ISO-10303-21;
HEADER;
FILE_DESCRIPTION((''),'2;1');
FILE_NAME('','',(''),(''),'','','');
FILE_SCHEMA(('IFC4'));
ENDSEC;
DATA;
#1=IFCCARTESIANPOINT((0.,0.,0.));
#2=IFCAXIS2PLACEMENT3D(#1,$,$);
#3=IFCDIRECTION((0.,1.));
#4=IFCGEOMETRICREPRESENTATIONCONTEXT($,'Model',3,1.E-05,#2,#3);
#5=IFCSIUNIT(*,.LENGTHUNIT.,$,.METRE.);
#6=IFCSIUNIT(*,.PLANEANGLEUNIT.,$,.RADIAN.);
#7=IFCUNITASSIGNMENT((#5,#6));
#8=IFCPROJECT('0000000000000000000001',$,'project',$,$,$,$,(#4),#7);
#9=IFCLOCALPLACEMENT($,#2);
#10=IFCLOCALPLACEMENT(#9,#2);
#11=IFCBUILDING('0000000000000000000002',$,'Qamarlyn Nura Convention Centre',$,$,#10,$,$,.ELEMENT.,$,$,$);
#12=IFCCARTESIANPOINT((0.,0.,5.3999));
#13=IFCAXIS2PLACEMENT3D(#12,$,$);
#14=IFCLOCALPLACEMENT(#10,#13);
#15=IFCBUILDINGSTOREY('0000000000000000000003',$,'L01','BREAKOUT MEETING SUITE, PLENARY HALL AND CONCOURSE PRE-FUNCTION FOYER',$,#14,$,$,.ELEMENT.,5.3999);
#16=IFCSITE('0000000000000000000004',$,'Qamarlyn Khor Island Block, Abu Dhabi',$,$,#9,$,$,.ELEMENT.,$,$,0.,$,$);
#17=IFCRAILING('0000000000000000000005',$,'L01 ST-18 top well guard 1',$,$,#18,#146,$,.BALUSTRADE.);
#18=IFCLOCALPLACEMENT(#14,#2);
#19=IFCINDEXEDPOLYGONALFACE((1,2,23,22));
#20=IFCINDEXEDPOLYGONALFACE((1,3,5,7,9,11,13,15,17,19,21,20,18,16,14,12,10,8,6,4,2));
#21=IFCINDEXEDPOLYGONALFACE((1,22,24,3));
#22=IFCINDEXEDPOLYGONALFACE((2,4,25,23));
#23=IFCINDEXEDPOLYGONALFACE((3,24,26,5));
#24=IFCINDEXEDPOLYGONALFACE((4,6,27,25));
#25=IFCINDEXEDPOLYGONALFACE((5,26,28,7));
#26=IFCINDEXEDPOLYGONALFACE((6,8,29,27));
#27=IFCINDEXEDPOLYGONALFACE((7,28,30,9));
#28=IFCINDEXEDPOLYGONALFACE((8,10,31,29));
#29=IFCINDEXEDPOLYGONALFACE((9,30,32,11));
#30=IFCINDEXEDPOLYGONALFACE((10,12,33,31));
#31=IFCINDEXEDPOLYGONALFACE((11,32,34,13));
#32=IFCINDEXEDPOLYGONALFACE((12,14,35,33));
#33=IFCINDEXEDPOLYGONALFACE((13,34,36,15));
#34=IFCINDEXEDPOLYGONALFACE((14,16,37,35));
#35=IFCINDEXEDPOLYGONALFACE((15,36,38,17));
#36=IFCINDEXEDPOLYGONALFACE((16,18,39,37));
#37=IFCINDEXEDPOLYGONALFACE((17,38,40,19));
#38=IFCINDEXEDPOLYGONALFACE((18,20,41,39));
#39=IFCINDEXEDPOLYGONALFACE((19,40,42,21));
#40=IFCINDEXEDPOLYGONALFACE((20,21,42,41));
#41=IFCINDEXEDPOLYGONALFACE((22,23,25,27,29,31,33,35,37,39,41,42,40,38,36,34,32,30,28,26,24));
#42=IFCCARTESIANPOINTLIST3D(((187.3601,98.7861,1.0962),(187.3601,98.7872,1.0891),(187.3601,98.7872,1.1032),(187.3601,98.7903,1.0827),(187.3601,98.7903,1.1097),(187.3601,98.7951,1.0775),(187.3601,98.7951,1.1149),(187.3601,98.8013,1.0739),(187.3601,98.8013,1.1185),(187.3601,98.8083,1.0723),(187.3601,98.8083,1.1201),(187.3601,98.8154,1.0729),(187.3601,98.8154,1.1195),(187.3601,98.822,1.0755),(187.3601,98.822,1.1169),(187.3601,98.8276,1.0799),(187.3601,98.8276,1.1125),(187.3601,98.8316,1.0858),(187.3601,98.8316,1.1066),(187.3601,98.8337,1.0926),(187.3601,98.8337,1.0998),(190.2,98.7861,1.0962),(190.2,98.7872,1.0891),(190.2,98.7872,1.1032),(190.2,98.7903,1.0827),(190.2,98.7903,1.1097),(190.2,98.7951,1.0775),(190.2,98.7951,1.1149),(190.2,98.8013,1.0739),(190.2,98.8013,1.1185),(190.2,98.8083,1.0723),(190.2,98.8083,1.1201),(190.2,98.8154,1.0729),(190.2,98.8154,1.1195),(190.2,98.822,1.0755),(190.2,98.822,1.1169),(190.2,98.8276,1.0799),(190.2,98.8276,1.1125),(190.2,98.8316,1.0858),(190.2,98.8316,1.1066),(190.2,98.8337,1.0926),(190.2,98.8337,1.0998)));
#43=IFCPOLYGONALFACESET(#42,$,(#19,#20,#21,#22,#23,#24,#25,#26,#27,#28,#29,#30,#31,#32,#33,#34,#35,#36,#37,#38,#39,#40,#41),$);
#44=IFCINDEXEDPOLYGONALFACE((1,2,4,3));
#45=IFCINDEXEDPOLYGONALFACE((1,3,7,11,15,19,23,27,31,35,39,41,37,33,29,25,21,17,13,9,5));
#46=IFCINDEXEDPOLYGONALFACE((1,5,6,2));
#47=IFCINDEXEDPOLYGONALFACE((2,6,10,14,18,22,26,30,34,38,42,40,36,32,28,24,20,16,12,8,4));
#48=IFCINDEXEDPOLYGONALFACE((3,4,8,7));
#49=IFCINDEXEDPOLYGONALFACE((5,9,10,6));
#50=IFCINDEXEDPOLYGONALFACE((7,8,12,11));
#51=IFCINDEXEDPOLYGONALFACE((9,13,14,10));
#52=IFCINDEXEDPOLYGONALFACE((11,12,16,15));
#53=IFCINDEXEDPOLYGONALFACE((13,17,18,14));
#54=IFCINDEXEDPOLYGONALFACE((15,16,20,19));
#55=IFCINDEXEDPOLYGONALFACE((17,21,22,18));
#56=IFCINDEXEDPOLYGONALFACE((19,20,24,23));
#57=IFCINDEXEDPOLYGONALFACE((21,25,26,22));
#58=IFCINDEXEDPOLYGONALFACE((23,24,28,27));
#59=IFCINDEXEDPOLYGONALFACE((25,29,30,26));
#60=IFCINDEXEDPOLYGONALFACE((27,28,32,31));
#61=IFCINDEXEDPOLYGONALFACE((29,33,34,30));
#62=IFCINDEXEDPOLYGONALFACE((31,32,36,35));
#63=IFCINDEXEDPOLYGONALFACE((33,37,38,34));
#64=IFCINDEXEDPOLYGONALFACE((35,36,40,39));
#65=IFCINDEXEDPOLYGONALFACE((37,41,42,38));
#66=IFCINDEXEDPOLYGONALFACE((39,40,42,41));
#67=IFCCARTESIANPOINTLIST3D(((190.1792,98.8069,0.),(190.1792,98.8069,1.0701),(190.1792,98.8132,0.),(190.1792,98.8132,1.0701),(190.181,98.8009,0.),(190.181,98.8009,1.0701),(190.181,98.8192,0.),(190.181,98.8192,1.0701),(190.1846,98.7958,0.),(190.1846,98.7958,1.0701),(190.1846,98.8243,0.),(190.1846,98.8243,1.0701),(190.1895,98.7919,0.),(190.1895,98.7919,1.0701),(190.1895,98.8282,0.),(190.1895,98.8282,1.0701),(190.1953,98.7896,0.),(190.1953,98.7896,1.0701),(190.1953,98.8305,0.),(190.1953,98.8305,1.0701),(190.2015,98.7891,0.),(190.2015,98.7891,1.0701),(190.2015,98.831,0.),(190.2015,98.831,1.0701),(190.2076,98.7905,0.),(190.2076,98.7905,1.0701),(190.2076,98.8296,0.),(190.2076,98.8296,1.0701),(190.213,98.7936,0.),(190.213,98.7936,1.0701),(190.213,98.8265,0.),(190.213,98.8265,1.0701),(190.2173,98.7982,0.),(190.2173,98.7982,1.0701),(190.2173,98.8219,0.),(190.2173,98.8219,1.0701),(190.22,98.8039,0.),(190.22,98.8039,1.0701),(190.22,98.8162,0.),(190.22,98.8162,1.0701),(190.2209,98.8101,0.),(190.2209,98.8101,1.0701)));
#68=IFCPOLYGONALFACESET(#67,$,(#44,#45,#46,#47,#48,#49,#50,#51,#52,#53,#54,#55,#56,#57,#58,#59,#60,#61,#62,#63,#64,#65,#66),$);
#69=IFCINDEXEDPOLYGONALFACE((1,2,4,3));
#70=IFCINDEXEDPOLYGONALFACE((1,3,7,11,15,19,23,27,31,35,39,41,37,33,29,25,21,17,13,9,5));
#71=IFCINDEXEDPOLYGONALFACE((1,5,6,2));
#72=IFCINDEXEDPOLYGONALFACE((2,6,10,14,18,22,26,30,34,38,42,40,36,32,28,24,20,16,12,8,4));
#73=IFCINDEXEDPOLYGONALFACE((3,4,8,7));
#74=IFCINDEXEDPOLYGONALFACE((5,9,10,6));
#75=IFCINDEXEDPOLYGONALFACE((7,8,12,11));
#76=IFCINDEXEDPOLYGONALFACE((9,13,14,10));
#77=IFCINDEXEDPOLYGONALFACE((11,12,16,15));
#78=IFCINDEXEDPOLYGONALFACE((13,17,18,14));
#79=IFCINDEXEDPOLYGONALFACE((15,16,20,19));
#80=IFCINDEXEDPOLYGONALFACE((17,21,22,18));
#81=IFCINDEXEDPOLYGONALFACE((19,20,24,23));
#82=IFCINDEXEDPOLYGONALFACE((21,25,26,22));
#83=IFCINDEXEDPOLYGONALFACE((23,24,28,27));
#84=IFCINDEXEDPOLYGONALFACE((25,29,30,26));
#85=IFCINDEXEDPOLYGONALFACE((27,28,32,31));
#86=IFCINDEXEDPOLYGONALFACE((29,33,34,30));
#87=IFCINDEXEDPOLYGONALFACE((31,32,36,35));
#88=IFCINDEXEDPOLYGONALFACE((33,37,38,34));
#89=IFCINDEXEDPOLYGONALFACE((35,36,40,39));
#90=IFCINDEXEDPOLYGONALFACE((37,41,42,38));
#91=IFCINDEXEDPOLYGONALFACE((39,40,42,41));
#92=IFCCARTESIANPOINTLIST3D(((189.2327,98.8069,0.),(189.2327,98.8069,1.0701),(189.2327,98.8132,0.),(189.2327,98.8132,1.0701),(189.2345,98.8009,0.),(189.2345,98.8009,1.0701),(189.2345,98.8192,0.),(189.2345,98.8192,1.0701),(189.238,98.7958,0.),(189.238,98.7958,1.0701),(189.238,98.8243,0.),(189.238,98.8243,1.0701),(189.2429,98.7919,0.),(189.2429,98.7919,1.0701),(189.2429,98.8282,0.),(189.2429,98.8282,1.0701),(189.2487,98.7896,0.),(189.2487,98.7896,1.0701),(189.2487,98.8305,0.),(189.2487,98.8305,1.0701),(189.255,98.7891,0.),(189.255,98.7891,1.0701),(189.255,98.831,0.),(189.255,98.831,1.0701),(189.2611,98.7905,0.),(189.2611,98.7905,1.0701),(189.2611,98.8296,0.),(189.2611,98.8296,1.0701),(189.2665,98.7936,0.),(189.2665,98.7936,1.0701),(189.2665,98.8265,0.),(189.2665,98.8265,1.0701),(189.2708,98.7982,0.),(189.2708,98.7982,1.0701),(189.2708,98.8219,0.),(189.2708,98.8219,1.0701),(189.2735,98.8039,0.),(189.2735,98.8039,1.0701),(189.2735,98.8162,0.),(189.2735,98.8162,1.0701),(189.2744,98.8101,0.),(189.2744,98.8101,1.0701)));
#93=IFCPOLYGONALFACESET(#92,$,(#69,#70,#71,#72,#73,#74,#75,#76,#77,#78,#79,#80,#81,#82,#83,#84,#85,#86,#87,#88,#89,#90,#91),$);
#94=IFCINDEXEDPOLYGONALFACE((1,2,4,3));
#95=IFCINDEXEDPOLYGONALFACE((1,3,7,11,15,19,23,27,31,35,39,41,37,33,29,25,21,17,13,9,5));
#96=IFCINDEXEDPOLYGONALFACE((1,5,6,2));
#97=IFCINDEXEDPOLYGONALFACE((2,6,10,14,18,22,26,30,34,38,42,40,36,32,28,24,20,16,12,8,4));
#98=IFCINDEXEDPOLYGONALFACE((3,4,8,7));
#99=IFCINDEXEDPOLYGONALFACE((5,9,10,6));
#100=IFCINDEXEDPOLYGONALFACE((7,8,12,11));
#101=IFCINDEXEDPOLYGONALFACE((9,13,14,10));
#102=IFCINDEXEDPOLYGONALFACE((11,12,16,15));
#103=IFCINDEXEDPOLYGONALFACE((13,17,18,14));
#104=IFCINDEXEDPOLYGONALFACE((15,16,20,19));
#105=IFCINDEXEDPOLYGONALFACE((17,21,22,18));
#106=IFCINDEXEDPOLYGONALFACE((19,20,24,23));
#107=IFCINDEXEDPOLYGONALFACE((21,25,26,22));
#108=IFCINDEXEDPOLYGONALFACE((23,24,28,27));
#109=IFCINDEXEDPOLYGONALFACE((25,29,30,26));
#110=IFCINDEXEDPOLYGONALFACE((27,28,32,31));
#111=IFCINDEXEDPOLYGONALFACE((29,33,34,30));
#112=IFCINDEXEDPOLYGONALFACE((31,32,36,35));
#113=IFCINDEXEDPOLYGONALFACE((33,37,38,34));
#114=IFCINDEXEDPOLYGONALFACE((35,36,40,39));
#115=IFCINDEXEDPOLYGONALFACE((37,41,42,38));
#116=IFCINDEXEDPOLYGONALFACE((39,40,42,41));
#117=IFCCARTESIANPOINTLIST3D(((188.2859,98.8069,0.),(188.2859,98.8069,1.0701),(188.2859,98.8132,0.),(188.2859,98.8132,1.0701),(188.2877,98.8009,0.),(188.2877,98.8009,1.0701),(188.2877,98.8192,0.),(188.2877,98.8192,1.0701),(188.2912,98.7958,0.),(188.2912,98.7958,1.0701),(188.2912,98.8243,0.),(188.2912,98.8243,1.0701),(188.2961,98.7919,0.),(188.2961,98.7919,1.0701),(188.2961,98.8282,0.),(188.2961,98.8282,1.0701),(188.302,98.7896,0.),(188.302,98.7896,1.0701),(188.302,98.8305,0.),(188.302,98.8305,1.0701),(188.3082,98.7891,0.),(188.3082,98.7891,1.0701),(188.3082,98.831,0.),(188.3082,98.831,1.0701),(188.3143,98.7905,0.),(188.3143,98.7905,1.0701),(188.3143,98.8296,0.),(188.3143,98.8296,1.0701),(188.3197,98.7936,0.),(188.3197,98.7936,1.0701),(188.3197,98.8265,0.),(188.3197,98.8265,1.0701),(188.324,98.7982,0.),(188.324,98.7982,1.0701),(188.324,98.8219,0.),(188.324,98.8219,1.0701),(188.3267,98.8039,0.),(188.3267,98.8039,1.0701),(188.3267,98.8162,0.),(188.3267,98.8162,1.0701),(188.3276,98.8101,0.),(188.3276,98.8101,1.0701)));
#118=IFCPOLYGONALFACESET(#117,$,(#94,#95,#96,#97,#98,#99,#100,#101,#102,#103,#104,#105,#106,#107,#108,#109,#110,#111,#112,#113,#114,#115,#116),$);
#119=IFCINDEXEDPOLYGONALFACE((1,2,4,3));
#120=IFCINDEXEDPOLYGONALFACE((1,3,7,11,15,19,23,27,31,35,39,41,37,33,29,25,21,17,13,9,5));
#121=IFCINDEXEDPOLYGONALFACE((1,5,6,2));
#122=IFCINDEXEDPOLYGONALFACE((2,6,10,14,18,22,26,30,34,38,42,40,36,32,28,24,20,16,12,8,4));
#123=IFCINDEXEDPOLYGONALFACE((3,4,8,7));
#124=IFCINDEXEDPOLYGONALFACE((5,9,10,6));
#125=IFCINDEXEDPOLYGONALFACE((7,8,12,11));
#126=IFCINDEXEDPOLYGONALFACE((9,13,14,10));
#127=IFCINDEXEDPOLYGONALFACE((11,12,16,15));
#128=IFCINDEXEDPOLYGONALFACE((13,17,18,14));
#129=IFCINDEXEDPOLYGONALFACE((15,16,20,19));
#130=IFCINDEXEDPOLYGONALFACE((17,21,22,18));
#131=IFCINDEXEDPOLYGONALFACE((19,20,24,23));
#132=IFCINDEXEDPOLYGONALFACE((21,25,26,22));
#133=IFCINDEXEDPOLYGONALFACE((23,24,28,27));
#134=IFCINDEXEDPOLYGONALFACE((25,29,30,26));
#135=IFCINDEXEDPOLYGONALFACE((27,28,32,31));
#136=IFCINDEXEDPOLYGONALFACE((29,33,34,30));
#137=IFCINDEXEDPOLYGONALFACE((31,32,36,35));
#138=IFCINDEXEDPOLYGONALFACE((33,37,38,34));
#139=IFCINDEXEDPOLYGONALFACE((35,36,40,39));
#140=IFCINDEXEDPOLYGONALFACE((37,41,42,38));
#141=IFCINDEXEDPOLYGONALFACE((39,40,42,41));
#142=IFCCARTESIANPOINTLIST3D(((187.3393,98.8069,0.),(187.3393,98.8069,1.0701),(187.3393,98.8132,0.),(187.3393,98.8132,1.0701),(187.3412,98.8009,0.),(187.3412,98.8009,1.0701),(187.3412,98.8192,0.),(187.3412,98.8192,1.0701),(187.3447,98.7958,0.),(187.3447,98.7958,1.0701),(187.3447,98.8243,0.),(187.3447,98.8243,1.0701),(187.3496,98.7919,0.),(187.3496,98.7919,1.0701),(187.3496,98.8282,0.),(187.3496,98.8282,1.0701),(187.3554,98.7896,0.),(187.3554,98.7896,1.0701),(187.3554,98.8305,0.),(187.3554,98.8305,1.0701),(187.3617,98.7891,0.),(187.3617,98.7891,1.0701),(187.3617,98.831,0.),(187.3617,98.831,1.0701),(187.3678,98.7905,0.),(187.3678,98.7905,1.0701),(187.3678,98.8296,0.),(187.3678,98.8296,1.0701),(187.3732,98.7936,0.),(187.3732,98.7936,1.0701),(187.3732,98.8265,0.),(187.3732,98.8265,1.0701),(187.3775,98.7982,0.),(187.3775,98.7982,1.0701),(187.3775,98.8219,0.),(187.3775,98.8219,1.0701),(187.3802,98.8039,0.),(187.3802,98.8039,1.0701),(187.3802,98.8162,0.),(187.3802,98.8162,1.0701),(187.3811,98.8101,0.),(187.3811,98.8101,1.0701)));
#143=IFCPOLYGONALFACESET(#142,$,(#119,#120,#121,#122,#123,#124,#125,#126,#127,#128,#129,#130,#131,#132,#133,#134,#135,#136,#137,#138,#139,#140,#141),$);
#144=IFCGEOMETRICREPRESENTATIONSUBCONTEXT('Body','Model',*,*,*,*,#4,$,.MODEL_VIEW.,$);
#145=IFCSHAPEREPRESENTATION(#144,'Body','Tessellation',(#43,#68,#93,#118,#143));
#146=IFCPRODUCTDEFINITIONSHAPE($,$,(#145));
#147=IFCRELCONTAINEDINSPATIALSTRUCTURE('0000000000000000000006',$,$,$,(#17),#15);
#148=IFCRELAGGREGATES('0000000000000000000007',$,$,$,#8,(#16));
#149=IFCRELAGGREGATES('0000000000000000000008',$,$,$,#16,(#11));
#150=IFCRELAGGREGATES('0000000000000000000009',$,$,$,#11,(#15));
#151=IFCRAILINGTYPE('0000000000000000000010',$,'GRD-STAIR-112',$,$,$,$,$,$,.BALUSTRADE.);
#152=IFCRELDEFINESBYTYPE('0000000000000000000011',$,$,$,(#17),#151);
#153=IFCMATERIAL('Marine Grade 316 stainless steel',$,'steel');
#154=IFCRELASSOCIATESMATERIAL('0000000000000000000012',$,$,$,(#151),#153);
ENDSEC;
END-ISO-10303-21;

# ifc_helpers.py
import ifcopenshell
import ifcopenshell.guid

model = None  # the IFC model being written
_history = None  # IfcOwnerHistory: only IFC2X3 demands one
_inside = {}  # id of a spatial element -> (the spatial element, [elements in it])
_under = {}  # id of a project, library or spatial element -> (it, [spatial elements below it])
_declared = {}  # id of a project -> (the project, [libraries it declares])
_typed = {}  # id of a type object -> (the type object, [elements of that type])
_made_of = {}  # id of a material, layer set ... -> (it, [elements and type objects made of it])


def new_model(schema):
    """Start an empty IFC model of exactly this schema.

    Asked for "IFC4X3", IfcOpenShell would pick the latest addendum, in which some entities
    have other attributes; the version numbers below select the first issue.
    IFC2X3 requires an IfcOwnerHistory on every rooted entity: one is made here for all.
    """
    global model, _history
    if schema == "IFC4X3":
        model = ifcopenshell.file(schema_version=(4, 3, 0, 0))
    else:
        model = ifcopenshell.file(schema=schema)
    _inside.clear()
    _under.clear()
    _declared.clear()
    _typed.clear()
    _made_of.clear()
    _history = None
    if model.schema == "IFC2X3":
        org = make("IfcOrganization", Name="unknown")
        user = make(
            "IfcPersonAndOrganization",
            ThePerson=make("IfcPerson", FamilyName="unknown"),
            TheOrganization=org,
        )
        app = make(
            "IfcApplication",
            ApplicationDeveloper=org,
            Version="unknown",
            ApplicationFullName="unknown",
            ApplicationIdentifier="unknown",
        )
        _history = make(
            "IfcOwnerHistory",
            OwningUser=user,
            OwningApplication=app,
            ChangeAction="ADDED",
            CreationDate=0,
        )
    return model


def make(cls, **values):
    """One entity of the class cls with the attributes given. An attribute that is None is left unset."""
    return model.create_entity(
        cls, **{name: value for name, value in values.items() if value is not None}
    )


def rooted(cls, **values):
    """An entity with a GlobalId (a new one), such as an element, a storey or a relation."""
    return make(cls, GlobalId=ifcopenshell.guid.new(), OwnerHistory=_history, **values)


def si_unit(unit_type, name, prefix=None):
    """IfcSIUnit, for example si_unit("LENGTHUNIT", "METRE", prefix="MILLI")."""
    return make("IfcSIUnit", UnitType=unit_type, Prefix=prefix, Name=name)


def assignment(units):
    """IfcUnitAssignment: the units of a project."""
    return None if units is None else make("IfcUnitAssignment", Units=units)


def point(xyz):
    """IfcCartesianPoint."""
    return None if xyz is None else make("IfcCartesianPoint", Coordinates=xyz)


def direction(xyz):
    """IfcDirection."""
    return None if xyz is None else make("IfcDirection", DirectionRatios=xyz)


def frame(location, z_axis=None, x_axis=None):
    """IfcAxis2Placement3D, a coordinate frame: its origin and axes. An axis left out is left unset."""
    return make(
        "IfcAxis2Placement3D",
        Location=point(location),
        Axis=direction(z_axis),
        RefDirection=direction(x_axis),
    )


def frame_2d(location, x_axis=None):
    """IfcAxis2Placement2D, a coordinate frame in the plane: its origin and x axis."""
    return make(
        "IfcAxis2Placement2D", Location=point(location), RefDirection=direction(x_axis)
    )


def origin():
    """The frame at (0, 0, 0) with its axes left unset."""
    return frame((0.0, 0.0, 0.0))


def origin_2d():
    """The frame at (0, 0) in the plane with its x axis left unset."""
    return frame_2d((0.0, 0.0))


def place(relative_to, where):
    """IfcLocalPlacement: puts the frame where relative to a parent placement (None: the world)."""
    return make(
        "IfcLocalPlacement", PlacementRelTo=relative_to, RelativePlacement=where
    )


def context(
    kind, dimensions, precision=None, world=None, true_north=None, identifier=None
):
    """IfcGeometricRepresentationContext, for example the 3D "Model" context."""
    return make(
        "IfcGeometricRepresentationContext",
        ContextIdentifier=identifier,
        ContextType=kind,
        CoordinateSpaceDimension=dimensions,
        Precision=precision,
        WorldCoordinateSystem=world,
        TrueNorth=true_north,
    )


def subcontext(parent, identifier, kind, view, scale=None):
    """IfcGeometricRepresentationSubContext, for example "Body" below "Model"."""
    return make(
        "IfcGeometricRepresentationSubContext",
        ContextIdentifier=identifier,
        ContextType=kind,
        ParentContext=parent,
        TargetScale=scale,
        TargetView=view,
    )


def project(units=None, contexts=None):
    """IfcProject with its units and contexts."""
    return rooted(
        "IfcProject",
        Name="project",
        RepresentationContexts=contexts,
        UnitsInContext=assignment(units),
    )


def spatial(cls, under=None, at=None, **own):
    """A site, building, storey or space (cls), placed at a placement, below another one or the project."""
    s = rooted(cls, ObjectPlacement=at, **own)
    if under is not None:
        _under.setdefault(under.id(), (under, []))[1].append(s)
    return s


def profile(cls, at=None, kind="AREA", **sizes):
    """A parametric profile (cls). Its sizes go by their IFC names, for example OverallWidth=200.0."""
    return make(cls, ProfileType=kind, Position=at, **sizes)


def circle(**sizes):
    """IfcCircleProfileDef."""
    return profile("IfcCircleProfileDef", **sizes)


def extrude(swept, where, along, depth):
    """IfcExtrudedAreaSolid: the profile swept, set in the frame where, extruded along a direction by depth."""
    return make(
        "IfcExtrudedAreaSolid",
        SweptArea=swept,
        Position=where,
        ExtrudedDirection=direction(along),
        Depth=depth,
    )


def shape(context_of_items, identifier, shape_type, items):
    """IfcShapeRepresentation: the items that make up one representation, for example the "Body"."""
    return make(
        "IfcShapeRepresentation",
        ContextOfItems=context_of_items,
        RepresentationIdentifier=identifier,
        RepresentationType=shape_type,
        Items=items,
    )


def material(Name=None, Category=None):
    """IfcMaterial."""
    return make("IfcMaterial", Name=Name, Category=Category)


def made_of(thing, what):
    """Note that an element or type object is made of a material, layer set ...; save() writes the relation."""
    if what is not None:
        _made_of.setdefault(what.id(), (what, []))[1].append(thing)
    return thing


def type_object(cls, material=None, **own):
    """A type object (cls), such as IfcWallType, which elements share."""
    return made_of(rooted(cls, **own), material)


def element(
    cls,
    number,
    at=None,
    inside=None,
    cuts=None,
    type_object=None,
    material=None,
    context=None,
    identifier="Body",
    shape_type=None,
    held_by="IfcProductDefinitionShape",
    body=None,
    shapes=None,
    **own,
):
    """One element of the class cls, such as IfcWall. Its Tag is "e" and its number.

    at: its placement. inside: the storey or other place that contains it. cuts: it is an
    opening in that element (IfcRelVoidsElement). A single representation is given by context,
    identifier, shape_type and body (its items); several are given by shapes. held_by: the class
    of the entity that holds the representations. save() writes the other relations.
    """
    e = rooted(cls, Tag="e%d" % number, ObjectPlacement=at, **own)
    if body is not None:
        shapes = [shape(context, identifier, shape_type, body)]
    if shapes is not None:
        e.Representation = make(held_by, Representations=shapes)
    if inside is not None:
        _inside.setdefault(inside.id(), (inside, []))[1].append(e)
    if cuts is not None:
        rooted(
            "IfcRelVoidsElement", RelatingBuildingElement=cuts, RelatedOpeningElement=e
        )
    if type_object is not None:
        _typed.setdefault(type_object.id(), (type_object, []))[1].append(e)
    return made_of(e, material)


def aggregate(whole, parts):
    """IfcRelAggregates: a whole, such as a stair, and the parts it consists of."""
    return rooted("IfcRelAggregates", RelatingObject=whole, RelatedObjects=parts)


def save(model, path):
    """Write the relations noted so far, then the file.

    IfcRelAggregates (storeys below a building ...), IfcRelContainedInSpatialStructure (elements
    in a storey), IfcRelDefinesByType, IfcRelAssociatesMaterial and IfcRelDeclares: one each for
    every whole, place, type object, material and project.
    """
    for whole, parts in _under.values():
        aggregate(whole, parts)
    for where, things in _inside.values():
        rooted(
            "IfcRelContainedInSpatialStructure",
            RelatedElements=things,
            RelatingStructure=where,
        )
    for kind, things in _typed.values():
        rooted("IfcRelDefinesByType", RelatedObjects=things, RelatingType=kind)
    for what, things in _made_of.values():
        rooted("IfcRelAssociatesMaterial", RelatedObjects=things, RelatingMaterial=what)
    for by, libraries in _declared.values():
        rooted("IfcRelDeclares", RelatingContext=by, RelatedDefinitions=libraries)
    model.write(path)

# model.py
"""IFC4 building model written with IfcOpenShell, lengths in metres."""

from ifc_helpers import new_model, si_unit, direction, frame, origin, origin_2d, place, context, subcontext, project, spatial, circle, extrude, material, type_object, element, save


model = new_model("IFC4")

# Units and contexts
model_context = context("Model", 3, precision=1e-05, world=origin(), true_north=direction((0.0, 1.0)))
body_context = subcontext(model_context, "Body", "Model", "MODEL_VIEW")
ifc_project = project(units=[si_unit("LENGTHUNIT", "METRE"), si_unit("PLANEANGLEUNIT", "RADIAN")], contexts=[model_context])

# Site, building, storey
site_placement = place(None, origin())
site = spatial("IfcSite", under=ifc_project, at=site_placement, Name="Qamarlyn Khor Island Block, Abu Dhabi", CompositionType="ELEMENT", RefElevation=0.0)
building_placement = place(site_placement, origin())
building = spatial("IfcBuilding", under=site, at=building_placement, Name="Qamarlyn Nura Convention Centre", CompositionType="ELEMENT")
storey_placement = place(building_placement, frame((0.0, 0.0, 5.3999)))
storey = spatial("IfcBuildingStorey", under=building, at=storey_placement, Name="L01", Description="BREAKOUT MEETING SUITE, PLENARY HALL AND CONCOURSE PRE-FUNCTION FOYER", CompositionType="ELEMENT", Elevation=5.3999)

# Railing
ifc_material_1 = material(Name="Marine Grade 316 stainless steel", Category="steel")
railing_type_1 = type_object("IfcRailingType", Name="GRD-STAIR-112", PredefinedType="BALUSTRADE", material=ifc_material_1)
railing_1_placement = place(storey_placement, frame((190.2, 98.8101, 0.0)))
element("IfcRailing", 1, at=railing_1_placement, inside=storey, type_object=railing_type_1, Name="L01 ST-18 top well guard 1", PredefinedType="BALUSTRADE", context=body_context, shape_type="SweptSolid", body=[
    extrude(circle(Radius=0.0239, at=origin_2d()), frame((0.0, 0.0, 1.0962), z_axis=(-1.0, 0.0, 0.0), x_axis=(0.0, -1.0, 0.0)), (0.0, 0.0, 1.0), 2.8398),
    extrude(circle(Radius=0.021, at=origin_2d()), origin(), (0.0, 0.0, 1.0), 1.0701),
    extrude(circle(Radius=0.021, at=origin_2d()), frame((-0.9465, 0.0, 0.0)), (0.0, 0.0, 1.0), 1.0701),
    extrude(circle(Radius=0.021, at=origin_2d()), frame((-1.8933, 0.0, 0.0)), (0.0, 0.0, 1.0), 1.0701),
    extrude(circle(Radius=0.021, at=origin_2d()), frame((-2.8398, 0.0, 0.0)), (0.0, 0.0, 1.0), 1.0701),
])

save(model, "model.ifc")
